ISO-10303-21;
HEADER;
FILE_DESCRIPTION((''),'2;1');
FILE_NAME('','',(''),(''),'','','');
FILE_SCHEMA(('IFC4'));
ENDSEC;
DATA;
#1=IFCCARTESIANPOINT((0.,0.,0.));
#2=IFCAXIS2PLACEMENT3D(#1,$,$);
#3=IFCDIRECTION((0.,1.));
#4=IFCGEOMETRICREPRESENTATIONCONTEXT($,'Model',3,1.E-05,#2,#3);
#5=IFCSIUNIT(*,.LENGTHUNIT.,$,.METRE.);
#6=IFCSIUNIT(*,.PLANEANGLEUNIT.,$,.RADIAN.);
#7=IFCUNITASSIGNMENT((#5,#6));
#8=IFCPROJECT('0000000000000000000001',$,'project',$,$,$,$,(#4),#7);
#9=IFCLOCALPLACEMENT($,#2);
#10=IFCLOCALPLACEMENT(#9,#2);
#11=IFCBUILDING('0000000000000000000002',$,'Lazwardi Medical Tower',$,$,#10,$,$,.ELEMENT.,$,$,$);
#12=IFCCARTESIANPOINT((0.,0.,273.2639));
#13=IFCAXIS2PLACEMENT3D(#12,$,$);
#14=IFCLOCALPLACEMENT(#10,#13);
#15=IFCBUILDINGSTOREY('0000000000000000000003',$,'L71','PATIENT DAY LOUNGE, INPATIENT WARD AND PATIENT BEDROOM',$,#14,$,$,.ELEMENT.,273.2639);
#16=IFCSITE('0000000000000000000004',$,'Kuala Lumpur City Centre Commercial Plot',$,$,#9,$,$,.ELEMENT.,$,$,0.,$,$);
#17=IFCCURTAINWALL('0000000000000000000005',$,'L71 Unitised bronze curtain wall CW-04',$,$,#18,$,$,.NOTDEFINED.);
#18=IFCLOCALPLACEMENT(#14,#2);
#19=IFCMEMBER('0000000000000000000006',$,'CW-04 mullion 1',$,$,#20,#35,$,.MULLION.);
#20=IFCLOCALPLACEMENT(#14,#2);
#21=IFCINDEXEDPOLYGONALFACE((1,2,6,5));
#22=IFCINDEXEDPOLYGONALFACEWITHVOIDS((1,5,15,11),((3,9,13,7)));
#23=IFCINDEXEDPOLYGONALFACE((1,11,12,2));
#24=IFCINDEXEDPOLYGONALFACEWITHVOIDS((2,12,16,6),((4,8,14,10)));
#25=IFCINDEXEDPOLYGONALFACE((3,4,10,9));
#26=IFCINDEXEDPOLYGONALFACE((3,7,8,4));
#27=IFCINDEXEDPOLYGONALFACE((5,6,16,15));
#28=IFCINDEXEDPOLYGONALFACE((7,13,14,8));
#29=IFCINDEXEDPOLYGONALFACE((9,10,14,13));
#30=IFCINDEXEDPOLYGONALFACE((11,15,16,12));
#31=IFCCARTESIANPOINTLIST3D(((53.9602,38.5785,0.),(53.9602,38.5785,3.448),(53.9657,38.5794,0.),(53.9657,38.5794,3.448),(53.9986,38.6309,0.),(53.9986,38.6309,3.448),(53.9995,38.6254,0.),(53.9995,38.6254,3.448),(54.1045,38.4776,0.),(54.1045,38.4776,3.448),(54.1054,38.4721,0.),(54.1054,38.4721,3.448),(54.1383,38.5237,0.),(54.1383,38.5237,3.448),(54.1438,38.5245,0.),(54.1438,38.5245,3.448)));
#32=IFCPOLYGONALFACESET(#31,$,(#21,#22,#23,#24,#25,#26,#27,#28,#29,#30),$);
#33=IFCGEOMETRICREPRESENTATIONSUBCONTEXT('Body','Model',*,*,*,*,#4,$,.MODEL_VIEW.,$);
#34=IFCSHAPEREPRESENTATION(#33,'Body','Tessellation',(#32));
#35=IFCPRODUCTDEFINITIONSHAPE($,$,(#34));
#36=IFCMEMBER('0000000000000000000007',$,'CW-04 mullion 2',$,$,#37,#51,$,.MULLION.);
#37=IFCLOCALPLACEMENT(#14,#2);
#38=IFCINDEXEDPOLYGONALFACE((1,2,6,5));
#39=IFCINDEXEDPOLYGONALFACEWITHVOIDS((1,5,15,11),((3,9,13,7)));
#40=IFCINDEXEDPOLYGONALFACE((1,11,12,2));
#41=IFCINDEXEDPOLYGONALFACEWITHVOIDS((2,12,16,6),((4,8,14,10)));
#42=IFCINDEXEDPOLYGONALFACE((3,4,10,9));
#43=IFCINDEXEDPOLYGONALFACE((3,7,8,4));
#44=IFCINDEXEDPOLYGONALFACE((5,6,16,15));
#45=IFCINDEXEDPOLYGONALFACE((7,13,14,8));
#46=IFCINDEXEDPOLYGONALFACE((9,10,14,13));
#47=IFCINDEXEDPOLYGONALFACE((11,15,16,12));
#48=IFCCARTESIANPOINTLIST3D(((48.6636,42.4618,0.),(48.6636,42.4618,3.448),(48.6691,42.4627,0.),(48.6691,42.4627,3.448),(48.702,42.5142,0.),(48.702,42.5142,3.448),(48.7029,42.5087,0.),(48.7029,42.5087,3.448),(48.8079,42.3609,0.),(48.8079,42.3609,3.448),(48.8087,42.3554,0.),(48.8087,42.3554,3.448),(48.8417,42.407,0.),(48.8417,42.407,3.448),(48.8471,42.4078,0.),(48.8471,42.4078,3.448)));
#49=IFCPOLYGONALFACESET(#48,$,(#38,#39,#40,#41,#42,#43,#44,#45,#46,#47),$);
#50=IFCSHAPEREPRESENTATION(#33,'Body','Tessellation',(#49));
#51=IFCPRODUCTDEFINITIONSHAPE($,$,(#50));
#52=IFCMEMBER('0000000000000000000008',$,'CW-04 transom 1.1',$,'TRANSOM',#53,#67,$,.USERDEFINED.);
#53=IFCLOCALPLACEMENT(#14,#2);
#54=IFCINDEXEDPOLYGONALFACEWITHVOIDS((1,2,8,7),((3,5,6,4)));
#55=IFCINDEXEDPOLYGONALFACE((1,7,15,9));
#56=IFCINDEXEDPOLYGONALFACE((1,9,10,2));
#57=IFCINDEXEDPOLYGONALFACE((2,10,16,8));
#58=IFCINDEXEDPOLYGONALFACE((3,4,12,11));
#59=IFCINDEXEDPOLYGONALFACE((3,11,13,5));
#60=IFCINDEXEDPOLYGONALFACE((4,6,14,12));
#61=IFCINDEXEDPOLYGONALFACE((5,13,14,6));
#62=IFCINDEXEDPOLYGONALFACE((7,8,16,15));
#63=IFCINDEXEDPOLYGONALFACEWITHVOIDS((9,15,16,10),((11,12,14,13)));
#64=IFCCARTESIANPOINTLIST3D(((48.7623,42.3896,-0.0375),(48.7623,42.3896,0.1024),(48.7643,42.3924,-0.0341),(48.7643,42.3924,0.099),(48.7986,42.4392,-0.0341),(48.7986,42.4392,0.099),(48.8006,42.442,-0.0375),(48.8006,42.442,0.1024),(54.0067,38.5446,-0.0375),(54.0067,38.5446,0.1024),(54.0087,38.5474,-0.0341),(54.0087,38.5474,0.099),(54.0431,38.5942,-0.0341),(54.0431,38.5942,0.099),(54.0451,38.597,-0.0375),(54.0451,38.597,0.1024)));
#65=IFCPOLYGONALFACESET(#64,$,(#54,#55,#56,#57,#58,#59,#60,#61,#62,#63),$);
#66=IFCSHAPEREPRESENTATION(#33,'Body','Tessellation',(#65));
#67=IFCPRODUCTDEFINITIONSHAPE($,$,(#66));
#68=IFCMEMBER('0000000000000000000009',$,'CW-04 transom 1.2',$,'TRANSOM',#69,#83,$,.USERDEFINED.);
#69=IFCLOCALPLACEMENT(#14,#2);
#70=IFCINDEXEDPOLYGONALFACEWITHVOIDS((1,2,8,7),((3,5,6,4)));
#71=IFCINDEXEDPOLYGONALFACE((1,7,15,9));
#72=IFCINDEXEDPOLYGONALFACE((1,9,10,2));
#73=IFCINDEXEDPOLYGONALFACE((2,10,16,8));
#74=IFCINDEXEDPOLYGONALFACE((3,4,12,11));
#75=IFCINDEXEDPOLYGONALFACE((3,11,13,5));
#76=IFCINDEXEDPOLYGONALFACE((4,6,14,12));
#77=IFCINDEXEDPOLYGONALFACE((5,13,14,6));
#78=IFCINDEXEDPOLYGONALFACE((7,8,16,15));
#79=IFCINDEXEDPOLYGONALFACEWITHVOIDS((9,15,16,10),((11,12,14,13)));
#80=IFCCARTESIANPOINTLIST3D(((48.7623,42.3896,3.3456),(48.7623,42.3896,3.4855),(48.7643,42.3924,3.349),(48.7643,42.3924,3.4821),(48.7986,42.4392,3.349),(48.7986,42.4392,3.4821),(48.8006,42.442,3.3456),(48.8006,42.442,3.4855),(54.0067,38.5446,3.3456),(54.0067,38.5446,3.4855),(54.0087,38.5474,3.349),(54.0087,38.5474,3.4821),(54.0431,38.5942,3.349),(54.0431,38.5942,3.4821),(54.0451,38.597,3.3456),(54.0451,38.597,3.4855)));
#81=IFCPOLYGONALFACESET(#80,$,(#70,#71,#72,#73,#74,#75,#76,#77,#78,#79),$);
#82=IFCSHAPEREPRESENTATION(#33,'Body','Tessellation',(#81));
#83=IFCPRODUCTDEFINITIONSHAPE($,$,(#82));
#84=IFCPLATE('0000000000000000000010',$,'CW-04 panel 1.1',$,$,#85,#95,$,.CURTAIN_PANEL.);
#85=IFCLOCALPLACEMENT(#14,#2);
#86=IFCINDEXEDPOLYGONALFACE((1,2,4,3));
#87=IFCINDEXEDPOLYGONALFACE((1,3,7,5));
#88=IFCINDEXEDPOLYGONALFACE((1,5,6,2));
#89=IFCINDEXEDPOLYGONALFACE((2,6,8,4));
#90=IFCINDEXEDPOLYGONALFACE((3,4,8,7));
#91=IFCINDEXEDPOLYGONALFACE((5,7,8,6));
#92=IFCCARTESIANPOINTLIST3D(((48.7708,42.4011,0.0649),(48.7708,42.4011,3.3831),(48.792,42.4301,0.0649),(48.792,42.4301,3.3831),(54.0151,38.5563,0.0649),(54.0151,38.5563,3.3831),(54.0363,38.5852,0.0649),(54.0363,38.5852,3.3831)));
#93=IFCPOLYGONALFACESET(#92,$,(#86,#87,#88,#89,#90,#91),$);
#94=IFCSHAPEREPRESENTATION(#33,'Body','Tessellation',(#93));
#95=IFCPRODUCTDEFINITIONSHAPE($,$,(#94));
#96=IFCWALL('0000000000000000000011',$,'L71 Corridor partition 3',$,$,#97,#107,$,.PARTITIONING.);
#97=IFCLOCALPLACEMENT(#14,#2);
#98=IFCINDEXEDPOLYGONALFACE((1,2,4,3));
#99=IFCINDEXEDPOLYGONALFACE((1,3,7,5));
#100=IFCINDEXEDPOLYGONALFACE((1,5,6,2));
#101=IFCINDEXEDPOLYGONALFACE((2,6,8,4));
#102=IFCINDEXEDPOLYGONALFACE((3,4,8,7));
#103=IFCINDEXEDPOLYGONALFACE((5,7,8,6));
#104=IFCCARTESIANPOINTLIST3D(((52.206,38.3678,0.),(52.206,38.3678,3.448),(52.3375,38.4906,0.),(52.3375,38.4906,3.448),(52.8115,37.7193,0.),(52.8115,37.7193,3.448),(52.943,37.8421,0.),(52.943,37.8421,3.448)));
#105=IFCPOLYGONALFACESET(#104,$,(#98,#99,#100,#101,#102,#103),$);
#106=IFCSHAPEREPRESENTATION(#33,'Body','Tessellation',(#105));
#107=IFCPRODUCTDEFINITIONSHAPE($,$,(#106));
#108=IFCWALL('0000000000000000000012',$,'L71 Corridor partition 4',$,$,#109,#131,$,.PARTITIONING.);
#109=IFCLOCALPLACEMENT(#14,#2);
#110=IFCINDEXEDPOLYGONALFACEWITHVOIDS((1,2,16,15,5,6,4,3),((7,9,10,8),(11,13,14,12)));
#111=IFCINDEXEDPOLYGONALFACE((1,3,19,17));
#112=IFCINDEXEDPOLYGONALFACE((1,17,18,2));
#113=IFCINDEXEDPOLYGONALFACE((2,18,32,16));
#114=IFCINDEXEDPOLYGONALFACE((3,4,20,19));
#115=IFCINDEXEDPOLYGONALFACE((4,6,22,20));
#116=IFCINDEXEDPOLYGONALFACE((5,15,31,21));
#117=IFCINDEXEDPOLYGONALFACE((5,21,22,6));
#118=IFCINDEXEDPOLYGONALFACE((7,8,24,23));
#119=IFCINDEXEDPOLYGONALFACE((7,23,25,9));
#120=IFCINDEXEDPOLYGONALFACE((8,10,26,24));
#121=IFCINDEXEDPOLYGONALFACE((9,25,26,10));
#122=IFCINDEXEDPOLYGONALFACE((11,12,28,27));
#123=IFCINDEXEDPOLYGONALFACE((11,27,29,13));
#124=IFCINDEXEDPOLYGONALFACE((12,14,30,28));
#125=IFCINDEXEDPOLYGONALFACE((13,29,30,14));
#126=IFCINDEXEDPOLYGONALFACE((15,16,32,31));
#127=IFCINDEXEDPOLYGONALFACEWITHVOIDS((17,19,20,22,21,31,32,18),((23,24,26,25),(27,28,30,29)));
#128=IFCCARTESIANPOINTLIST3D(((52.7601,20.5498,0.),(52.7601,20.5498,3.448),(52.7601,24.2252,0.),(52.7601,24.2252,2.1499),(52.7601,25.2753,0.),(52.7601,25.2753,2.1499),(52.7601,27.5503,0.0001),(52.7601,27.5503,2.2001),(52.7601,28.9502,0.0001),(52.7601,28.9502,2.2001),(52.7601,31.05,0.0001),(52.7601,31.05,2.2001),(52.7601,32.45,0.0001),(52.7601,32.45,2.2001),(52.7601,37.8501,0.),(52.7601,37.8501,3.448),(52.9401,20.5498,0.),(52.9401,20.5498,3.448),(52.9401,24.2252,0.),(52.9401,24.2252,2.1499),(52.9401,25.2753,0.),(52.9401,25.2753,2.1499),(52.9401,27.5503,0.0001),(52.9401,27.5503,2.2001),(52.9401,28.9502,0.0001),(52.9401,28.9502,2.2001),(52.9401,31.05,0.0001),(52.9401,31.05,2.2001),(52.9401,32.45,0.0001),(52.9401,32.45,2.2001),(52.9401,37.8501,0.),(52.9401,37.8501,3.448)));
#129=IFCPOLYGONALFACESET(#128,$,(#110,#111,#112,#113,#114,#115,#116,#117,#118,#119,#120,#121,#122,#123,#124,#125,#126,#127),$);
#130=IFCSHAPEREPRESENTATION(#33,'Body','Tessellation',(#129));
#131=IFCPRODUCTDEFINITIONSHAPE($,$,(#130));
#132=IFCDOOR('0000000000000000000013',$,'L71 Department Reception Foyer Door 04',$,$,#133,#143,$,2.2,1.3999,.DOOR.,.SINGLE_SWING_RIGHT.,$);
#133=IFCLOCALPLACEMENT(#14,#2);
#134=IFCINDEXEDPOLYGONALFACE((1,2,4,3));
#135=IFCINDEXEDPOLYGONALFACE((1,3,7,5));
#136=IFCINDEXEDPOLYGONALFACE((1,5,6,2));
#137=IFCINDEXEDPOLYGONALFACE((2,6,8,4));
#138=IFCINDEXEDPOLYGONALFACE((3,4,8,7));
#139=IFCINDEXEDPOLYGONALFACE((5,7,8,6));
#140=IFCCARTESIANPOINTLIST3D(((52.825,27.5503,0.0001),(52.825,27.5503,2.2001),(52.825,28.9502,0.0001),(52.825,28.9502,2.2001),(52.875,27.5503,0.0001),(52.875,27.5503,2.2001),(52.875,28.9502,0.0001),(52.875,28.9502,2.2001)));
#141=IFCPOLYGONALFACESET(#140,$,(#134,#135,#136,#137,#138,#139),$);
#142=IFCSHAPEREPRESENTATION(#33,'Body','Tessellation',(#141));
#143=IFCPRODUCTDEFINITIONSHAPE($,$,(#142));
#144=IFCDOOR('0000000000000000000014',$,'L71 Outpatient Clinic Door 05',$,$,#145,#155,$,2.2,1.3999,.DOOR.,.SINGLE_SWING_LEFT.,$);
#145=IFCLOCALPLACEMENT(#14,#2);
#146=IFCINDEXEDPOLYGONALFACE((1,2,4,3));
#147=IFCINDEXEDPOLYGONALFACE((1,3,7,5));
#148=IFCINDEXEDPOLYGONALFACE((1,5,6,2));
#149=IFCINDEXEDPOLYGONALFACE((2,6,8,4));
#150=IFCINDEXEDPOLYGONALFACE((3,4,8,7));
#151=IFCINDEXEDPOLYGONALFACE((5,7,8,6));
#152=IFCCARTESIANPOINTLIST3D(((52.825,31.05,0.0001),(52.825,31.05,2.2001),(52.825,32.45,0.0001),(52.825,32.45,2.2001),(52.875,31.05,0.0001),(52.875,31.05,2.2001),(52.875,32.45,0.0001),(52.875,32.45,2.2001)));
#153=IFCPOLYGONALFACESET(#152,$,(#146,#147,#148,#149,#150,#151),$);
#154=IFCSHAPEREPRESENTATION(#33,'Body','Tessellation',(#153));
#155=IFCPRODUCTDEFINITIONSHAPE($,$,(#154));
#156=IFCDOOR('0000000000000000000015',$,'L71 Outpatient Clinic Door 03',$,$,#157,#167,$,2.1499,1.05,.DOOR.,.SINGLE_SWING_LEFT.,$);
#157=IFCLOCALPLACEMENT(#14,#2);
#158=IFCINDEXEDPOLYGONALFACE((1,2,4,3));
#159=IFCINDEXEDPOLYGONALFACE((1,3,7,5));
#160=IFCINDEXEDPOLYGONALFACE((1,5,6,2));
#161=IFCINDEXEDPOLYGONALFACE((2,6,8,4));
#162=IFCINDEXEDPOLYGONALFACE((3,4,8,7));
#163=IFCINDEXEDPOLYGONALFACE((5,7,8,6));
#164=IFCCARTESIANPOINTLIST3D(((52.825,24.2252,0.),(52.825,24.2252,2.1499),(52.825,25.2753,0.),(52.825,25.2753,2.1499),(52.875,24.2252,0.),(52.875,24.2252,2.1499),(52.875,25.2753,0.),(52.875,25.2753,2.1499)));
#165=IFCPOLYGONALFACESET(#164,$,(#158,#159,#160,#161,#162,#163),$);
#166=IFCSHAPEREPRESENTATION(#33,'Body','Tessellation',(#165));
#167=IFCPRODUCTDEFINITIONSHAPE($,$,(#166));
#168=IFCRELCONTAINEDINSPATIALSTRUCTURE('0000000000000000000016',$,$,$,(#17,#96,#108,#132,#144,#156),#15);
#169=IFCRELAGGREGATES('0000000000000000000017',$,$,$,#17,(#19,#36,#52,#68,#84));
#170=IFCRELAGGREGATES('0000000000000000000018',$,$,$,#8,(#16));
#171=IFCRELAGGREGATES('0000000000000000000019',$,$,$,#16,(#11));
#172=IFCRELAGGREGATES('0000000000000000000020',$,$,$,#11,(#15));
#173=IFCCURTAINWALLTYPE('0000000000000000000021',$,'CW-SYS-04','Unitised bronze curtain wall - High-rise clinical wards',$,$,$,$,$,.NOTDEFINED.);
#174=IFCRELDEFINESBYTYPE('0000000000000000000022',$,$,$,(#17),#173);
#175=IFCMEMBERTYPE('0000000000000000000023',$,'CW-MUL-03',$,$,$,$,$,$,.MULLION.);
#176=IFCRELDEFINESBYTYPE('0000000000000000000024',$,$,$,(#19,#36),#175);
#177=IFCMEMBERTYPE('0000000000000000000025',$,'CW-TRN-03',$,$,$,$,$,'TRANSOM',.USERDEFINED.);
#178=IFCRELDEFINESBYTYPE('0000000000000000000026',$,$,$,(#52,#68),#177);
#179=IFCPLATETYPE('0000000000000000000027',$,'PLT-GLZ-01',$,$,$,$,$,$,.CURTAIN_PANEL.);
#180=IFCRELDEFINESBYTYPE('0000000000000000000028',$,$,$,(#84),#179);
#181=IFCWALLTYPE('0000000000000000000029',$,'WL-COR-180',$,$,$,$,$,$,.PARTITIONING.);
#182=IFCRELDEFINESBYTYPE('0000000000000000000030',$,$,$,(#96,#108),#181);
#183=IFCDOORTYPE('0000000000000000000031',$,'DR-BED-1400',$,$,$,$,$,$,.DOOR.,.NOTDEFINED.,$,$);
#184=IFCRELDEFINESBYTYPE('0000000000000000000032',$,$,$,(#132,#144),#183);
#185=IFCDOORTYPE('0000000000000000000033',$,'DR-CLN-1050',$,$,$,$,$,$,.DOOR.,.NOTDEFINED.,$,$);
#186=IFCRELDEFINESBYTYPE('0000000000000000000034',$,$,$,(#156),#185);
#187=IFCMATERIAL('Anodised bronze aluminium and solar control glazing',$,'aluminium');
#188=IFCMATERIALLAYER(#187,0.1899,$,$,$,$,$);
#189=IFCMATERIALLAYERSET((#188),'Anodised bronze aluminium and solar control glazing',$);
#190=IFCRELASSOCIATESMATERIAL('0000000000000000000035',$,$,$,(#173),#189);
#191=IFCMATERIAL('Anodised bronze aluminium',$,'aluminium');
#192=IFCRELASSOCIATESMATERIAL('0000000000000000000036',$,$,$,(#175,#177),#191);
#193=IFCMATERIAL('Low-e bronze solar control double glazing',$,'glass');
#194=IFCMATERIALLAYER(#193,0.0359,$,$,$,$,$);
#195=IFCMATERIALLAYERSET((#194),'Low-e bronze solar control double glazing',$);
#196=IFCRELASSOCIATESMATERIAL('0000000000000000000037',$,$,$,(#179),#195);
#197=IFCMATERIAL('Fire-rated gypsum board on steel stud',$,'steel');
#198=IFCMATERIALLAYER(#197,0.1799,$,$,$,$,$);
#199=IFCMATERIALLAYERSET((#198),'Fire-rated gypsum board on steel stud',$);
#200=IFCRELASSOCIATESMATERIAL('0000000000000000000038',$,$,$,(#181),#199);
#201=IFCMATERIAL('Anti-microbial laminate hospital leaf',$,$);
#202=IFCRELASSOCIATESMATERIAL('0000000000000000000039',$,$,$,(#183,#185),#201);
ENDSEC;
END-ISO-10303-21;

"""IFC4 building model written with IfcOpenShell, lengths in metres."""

from ifc_helpers import new_model, si_unit, direction, frame, frame_2d, origin, origin_2d, place, context, subcontext, project, spatial, rectangle, hollow_rectangle, extrude, material, layer, layer_set, material_profile, profile_set, type_object, element, fill, aggregate, save


model = new_model("IFC4")

# Units and contexts
model_context = context("Model", 3, precision=1e-05, world=origin(), true_north=direction((0.0, 1.0)))
body_context = subcontext(model_context, "Body", "Model", "MODEL_VIEW")
ifc_project = project(units=[si_unit("LENGTHUNIT", "METRE"), si_unit("PLANEANGLEUNIT", "RADIAN")], contexts=[model_context])

# Site, building, storey
site_placement = place(None, origin())
site = spatial("IfcSite", under=ifc_project, at=site_placement, Name="Kuala Lumpur City Centre Commercial Plot", CompositionType="ELEMENT", RefElevation=0.0)
building_placement = place(site_placement, origin())
building = spatial("IfcBuilding", under=site, at=building_placement, Name="Lazwardi Medical Tower", CompositionType="ELEMENT")
storey_placement = place(building_placement, frame((0.0, 0.0, 273.2639)))
storey = spatial("IfcBuildingStorey", under=building, at=storey_placement, Name="L71", Description="PATIENT DAY LOUNGE, INPATIENT WARD AND PATIENT BEDROOM", CompositionType="ELEMENT", Elevation=273.2639)

# Shared definitions
ifc_material_1 = material(Name="Anodised bronze aluminium and solar control glazing", Category="aluminium")
ifc_layer_1 = layer(ifc_material_1, 0.1899)
ifc_layer_set_1 = layer_set([ifc_layer_1], Name="Anodised bronze aluminium and solar control glazing")
curtain_wall_type = type_object("IfcCurtainWallType", Name="CW-SYS-04", Description="Unitised bronze curtain wall - High-rise clinical wards", PredefinedType="NOTDEFINED", material=ifc_layer_set_1)
ifc_material_2 = material(Name="Anodised bronze aluminium", Category="aluminium")
ifc_material_profile_1 = material_profile(ifc_material_2, hollow_rectangle(XDim=0.0649, YDim=0.1799, WallThickness=0.0039, at=origin_2d()), Name="ALU-MULLION 180x65x4")
ifc_profile_set_1 = profile_set([ifc_material_profile_1], Name="Anodised bronze aluminium")
member_type_1 = type_object("IfcMemberType", Name="CW-MUL-03", PredefinedType="MULLION", material=ifc_profile_set_1)

# Curtain wall, members, plate
curtain_wall_1_placement = place(storey_placement, origin())
curtain_wall_1 = element("IfcCurtainWall", 1, at=curtain_wall_1_placement, inside=storey, type_object=curtain_wall_type, Name="L71 Unitised bronze curtain wall CW-04", PredefinedType="NOTDEFINED")
member_1_placement = place(storey_placement, frame((54.052, 38.5515, 0.0), z_axis=(0.0, 0.0, 1.0), x_axis=(-0.591268, -0.806475, 0.0)))
member_1 = element("IfcMember", 2, at=member_1_placement, type_object=member_type_1, Name="CW-04 mullion 1", PredefinedType="MULLION", context=body_context, shape_type="SweptSolid", body=[
    extrude(hollow_rectangle(XDim=0.0649, YDim=0.1799, WallThickness=0.0039, at=origin_2d()), origin(), (0.0, 0.0, 1.0), 3.448),
])
member_2_placement = place(storey_placement, frame((48.7554, 42.4348, 0.0), z_axis=(0.0, 0.0, 1.0), x_axis=(-0.591268, -0.806475, 0.0)))
member_2 = element("IfcMember", 3, at=member_2_placement, type_object=member_type_1, Name="CW-04 mullion 2", PredefinedType="MULLION", context=body_context, shape_type="SweptSolid", body=[
    extrude(hollow_rectangle(XDim=0.0649, YDim=0.1799, WallThickness=0.0039, at=origin_2d()), origin(), (0.0, 0.0, 1.0), 3.448),
])
ifc_material_profile_2 = material_profile(ifc_material_2, hollow_rectangle(XDim=0.0649, YDim=0.1399, WallThickness=0.0034, at=origin_2d()), Name="ALU-TRANSOM 140x65x3.5")
ifc_profile_set_2 = profile_set([ifc_material_profile_2], Name="Anodised bronze aluminium")
member_type_2 = type_object("IfcMemberType", Name="CW-TRN-03", ElementType="TRANSOM", PredefinedType="USERDEFINED", material=ifc_profile_set_2)
member_3_placement = place(storey_placement, frame((54.0259, 38.5708, 0.0325), z_axis=(-0.806472, 0.591273, 0.0), x_axis=(-0.591273, -0.806472, 0.0)))
member_3 = element("IfcMember", 4, at=member_3_placement, type_object=member_type_2, Name="CW-04 transom 1.1", ObjectType="TRANSOM", PredefinedType="USERDEFINED", context=body_context, shape_type="SweptSolid", body=[
    extrude(hollow_rectangle(XDim=0.0649, YDim=0.1399, WallThickness=0.0034, at=origin_2d()), origin(), (0.0, 0.0, 1.0), 6.5029),
])
member_4_placement = place(storey_placement, frame((54.0259, 38.5708, 3.4155), z_axis=(-0.806472, 0.591273, 0.0), x_axis=(-0.591273, -0.806472, 0.0)))
member_4 = element("IfcMember", 5, at=member_4_placement, type_object=member_type_2, Name="CW-04 transom 1.2", ObjectType="TRANSOM", PredefinedType="USERDEFINED", context=body_context, shape_type="SweptSolid", body=[
    extrude(hollow_rectangle(XDim=0.0649, YDim=0.1399, WallThickness=0.0034, at=origin_2d()), origin(), (0.0, 0.0, 1.0), 6.5029),
])
ifc_material_3 = material(Name="Low-e bronze solar control double glazing", Category="glass")
ifc_layer_2 = layer(ifc_material_3, 0.0359)
ifc_layer_set_2 = layer_set([ifc_layer_2], Name="Low-e bronze solar control double glazing")
plate_type = type_object("IfcPlateType", Name="PLT-GLZ-01", PredefinedType="CURTAIN_PANEL", material=ifc_layer_set_2)
plate_placement = place(storey_placement, frame((51.4036, 40.4932, 0.0649), z_axis=(0.0, 0.0, 1.0), x_axis=(-0.806475, 0.591268, 0.0)))
plate = element("IfcPlate", 6, at=plate_placement, type_object=plate_type, Name="CW-04 panel 1.1", PredefinedType="CURTAIN_PANEL", context=body_context, shape_type="SweptSolid", body=[
    extrude(rectangle(XDim=6.5027, YDim=0.0359, at=origin_2d()), origin(), (0.0, 0.0, 1.0), 3.3181),
])
aggregate(curtain_wall_1, [member_1, member_2, member_3, member_4, plate])

# Wall
ifc_material_4 = material(Name="Fire-rated gypsum board on steel stud", Category="steel")
ifc_layer_3 = layer(ifc_material_4, 0.1799)
ifc_layer_set_3 = layer_set([ifc_layer_3], Name="Fire-rated gypsum board on steel stud")
wall_type = type_object("IfcWallType", Name="WL-COR-180", PredefinedType="PARTITIONING", material=ifc_layer_set_3)
wall_1_placement = place(storey_placement, frame((52.2717, 38.4292, 0.0), z_axis=(0.0, 0.0, 1.0), x_axis=(0.682475, -0.730909, 0.0)))
element("IfcWall", 7, at=wall_1_placement, inside=storey, type_object=wall_type, Name="L71 Corridor partition 3", PredefinedType="PARTITIONING", context=body_context, shape_type="SweptSolid", body=[
    extrude(rectangle(XDim=0.8872, YDim=0.1799, at=frame_2d((0.4436, 0.0))), origin(), (0.0, 0.0, 1.0), 3.448),
])

# Wall, openings, doors
wall_2_placement = place(storey_placement, frame((52.8501, 37.8501, 0.0), z_axis=(0.0, 0.0, 1.0), x_axis=(0.0, -1.0, 0.0)))
wall_2 = element("IfcWall", 8, at=wall_2_placement, inside=storey, type_object=wall_type, Name="L71 Corridor partition 4", PredefinedType="PARTITIONING", context=body_context, shape_type="SweptSolid", body=[
    extrude(rectangle(XDim=17.3003, YDim=0.1799, at=frame_2d((8.6501, 0.0))), origin(), (0.0, 0.0, 1.0), 3.448),
])
opening_1_placement = place(wall_2_placement, frame((12.575, 0.0, 0.0)))
opening_1 = element("IfcOpeningElement", 9, at=opening_1_placement, cuts=wall_2, PredefinedType="OPENING", context=body_context, shape_type="SweptSolid", body=[
    extrude(rectangle(XDim=1.05, YDim=2.1499, at=frame_2d((0.5249, 1.075))), frame((0.0, 0.0999, 0.0), z_axis=(0.0, -1.0, 0.0), x_axis=(1.0, 0.0, 0.0)), (0.0, 0.0, 1.0), 0.2),
])
opening_2_placement = place(wall_2_placement, frame((8.8999, 0.0, 0.0)))
opening_2 = element("IfcOpeningElement", 10, at=opening_2_placement, cuts=wall_2, PredefinedType="OPENING", context=body_context, shape_type="SweptSolid", body=[
    extrude(rectangle(XDim=1.3999, YDim=2.2, at=frame_2d((0.7, 1.1001))), frame((0.0, 0.0999, 0.0), z_axis=(0.0, -1.0, 0.0), x_axis=(1.0, 0.0, 0.0)), (0.0, 0.0, 1.0), 0.2),
])
opening_3_placement = place(wall_2_placement, frame((5.4001, 0.0, 0.0)))
opening_3 = element("IfcOpeningElement", 11, at=opening_3_placement, cuts=wall_2, PredefinedType="OPENING", context=body_context, shape_type="SweptSolid", body=[
    extrude(rectangle(XDim=1.3999, YDim=2.2, at=frame_2d((0.7, 1.1001))), frame((0.0, 0.0999, 0.0), z_axis=(0.0, -1.0, 0.0), x_axis=(1.0, 0.0, 0.0)), (0.0, 0.0, 1.0), 0.2),
])
ifc_material_5 = material(Name="Anti-microbial laminate hospital leaf")
door_type_1 = type_object("IfcDoorType", Name="DR-BED-1400", OperationType="NOTDEFINED", PredefinedType="DOOR", material=ifc_material_5)
door_1_placement = place(opening_2_placement, origin())
door_1 = element("IfcDoor", 12, at=door_1_placement, inside=storey, type_object=door_type_1, Name="L71 Department Reception Foyer Door 04", OperationType="SINGLE_SWING_RIGHT", OverallHeight=2.2, OverallWidth=1.3999, PredefinedType="DOOR", context=body_context, shape_type="SweptSolid", body=[
    extrude(rectangle(XDim=1.3999, YDim=2.2, at=frame_2d((0.7, 1.1001))), frame((0.0, 0.0249, 0.0), z_axis=(0.0, -1.0, 0.0), x_axis=(1.0, 0.0, 0.0)), (0.0, 0.0, 1.0), 0.05),
])
fill(opening_2, door_1)
door_2_placement = place(opening_3_placement, origin())
door_2 = element("IfcDoor", 13, at=door_2_placement, inside=storey, type_object=door_type_1, Name="L71 Outpatient Clinic Door 05", OperationType="SINGLE_SWING_LEFT", OverallHeight=2.2, OverallWidth=1.3999, PredefinedType="DOOR", context=body_context, shape_type="SweptSolid", body=[
    extrude(rectangle(XDim=1.3999, YDim=2.2, at=frame_2d((0.7, 1.1001))), frame((0.0, 0.0249, 0.0), z_axis=(0.0, -1.0, 0.0), x_axis=(1.0, 0.0, 0.0)), (0.0, 0.0, 1.0), 0.05),
])
fill(opening_3, door_2)
door_type_2 = type_object("IfcDoorType", Name="DR-CLN-1050", OperationType="NOTDEFINED", PredefinedType="DOOR", material=ifc_material_5)
door_3_placement = place(opening_1_placement, origin())
door_3 = element("IfcDoor", 14, at=door_3_placement, inside=storey, type_object=door_type_2, Name="L71 Outpatient Clinic Door 03", OperationType="SINGLE_SWING_LEFT", OverallHeight=2.1499, OverallWidth=1.05, PredefinedType="DOOR", context=body_context, shape_type="SweptSolid", body=[
    extrude(rectangle(XDim=1.05, YDim=2.1499, at=frame_2d((0.5249, 1.075))), frame((0.0, 0.0249, 0.0), z_axis=(0.0, -1.0, 0.0), x_axis=(1.0, 0.0, 0.0)), (0.0, 0.0, 1.0), 0.05),
])
fill(opening_1, door_3)

save(model, "model.ifc")
